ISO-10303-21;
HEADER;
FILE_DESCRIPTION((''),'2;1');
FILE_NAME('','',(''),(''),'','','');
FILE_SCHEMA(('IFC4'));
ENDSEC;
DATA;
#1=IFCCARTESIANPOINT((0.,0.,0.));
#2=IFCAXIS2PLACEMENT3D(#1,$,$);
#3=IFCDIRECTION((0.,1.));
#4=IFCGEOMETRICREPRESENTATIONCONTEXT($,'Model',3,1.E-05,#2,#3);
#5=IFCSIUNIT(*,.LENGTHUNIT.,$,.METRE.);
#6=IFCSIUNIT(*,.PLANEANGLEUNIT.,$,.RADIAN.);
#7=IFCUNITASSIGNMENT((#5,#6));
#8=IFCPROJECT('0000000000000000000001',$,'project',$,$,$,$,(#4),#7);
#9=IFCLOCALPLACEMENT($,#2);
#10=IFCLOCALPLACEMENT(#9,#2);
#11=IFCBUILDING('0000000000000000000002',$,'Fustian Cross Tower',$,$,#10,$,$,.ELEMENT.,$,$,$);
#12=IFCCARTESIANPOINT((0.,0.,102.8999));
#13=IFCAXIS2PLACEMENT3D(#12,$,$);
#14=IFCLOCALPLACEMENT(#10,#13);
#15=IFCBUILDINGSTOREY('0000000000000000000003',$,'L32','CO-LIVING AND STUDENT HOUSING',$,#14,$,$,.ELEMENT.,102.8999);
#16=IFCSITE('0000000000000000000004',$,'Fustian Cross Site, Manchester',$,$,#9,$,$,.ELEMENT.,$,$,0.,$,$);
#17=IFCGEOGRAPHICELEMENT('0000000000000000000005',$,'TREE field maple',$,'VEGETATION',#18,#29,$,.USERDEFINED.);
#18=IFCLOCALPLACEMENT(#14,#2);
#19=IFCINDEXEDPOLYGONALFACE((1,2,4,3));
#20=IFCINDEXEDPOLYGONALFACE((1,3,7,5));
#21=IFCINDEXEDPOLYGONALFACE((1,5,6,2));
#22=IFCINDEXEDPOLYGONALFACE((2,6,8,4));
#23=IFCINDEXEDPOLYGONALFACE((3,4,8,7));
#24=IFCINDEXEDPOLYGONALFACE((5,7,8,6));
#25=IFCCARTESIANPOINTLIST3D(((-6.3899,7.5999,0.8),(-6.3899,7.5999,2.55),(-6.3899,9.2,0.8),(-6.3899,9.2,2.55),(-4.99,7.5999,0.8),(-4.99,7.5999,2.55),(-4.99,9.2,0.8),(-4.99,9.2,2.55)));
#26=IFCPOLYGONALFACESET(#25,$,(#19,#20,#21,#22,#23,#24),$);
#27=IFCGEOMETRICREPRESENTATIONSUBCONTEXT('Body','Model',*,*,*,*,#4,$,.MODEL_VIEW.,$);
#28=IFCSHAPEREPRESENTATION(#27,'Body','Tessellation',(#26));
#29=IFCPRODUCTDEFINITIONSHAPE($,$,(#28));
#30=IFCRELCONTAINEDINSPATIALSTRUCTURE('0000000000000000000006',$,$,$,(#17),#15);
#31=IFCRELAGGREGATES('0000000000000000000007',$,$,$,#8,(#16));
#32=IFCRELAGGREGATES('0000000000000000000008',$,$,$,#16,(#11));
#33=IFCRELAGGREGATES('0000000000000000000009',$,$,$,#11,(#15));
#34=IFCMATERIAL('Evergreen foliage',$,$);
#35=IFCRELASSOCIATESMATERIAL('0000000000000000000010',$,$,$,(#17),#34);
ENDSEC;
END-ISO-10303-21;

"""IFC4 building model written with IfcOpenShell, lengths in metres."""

from ifc_helpers import new_model, si_unit, direction, frame, origin, origin_2d, place, context, subcontext, project, spatial, rectangle, extrude, material, element, save


model = new_model("IFC4")

# Units and contexts
model_context = context("Model", 3, precision=1e-05, world=origin(), true_north=direction((0.0, 1.0)))
body_context = subcontext(model_context, "Body", "Model", "MODEL_VIEW")
ifc_project = project(units=[si_unit("LENGTHUNIT", "METRE"), si_unit("PLANEANGLEUNIT", "RADIAN")], contexts=[model_context])

# Site, building, storey
site_placement = place(None, origin())
site = spatial("IfcSite", under=ifc_project, at=site_placement, Name="Fustian Cross Site, Manchester", CompositionType="ELEMENT", RefElevation=0.0)
building_placement = place(site_placement, origin())
building = spatial("IfcBuilding", under=site, at=building_placement, Name="Fustian Cross Tower", CompositionType="ELEMENT")
storey_placement = place(building_placement, frame((0.0, 0.0, 102.8999)))
storey = spatial("IfcBuildingStorey", under=building, at=storey_placement, Name="L32", Description="CO-LIVING AND STUDENT HOUSING", CompositionType="ELEMENT", Elevation=102.8999)

# Geographic element
ifc_material_1 = material(Name="Evergreen foliage")
geographic_element_placement = place(storey_placement, frame((-5.6899, 8.3999, 0.8), z_axis=(0.0, 0.0, 1.0), x_axis=(1.0, 0.0, 0.0)))
element("IfcGeographicElement", 1, at=geographic_element_placement, inside=storey, material=ifc_material_1, Name="TREE field maple", ObjectType="VEGETATION", PredefinedType="USERDEFINED", context=body_context, shape_type="SweptSolid", body=[
    extrude(rectangle(XDim=1.3999, YDim=1.6001, at=origin_2d()), origin(), (0.0, 0.0, 1.0), 1.75),
])

save(model, "model.ifc")
